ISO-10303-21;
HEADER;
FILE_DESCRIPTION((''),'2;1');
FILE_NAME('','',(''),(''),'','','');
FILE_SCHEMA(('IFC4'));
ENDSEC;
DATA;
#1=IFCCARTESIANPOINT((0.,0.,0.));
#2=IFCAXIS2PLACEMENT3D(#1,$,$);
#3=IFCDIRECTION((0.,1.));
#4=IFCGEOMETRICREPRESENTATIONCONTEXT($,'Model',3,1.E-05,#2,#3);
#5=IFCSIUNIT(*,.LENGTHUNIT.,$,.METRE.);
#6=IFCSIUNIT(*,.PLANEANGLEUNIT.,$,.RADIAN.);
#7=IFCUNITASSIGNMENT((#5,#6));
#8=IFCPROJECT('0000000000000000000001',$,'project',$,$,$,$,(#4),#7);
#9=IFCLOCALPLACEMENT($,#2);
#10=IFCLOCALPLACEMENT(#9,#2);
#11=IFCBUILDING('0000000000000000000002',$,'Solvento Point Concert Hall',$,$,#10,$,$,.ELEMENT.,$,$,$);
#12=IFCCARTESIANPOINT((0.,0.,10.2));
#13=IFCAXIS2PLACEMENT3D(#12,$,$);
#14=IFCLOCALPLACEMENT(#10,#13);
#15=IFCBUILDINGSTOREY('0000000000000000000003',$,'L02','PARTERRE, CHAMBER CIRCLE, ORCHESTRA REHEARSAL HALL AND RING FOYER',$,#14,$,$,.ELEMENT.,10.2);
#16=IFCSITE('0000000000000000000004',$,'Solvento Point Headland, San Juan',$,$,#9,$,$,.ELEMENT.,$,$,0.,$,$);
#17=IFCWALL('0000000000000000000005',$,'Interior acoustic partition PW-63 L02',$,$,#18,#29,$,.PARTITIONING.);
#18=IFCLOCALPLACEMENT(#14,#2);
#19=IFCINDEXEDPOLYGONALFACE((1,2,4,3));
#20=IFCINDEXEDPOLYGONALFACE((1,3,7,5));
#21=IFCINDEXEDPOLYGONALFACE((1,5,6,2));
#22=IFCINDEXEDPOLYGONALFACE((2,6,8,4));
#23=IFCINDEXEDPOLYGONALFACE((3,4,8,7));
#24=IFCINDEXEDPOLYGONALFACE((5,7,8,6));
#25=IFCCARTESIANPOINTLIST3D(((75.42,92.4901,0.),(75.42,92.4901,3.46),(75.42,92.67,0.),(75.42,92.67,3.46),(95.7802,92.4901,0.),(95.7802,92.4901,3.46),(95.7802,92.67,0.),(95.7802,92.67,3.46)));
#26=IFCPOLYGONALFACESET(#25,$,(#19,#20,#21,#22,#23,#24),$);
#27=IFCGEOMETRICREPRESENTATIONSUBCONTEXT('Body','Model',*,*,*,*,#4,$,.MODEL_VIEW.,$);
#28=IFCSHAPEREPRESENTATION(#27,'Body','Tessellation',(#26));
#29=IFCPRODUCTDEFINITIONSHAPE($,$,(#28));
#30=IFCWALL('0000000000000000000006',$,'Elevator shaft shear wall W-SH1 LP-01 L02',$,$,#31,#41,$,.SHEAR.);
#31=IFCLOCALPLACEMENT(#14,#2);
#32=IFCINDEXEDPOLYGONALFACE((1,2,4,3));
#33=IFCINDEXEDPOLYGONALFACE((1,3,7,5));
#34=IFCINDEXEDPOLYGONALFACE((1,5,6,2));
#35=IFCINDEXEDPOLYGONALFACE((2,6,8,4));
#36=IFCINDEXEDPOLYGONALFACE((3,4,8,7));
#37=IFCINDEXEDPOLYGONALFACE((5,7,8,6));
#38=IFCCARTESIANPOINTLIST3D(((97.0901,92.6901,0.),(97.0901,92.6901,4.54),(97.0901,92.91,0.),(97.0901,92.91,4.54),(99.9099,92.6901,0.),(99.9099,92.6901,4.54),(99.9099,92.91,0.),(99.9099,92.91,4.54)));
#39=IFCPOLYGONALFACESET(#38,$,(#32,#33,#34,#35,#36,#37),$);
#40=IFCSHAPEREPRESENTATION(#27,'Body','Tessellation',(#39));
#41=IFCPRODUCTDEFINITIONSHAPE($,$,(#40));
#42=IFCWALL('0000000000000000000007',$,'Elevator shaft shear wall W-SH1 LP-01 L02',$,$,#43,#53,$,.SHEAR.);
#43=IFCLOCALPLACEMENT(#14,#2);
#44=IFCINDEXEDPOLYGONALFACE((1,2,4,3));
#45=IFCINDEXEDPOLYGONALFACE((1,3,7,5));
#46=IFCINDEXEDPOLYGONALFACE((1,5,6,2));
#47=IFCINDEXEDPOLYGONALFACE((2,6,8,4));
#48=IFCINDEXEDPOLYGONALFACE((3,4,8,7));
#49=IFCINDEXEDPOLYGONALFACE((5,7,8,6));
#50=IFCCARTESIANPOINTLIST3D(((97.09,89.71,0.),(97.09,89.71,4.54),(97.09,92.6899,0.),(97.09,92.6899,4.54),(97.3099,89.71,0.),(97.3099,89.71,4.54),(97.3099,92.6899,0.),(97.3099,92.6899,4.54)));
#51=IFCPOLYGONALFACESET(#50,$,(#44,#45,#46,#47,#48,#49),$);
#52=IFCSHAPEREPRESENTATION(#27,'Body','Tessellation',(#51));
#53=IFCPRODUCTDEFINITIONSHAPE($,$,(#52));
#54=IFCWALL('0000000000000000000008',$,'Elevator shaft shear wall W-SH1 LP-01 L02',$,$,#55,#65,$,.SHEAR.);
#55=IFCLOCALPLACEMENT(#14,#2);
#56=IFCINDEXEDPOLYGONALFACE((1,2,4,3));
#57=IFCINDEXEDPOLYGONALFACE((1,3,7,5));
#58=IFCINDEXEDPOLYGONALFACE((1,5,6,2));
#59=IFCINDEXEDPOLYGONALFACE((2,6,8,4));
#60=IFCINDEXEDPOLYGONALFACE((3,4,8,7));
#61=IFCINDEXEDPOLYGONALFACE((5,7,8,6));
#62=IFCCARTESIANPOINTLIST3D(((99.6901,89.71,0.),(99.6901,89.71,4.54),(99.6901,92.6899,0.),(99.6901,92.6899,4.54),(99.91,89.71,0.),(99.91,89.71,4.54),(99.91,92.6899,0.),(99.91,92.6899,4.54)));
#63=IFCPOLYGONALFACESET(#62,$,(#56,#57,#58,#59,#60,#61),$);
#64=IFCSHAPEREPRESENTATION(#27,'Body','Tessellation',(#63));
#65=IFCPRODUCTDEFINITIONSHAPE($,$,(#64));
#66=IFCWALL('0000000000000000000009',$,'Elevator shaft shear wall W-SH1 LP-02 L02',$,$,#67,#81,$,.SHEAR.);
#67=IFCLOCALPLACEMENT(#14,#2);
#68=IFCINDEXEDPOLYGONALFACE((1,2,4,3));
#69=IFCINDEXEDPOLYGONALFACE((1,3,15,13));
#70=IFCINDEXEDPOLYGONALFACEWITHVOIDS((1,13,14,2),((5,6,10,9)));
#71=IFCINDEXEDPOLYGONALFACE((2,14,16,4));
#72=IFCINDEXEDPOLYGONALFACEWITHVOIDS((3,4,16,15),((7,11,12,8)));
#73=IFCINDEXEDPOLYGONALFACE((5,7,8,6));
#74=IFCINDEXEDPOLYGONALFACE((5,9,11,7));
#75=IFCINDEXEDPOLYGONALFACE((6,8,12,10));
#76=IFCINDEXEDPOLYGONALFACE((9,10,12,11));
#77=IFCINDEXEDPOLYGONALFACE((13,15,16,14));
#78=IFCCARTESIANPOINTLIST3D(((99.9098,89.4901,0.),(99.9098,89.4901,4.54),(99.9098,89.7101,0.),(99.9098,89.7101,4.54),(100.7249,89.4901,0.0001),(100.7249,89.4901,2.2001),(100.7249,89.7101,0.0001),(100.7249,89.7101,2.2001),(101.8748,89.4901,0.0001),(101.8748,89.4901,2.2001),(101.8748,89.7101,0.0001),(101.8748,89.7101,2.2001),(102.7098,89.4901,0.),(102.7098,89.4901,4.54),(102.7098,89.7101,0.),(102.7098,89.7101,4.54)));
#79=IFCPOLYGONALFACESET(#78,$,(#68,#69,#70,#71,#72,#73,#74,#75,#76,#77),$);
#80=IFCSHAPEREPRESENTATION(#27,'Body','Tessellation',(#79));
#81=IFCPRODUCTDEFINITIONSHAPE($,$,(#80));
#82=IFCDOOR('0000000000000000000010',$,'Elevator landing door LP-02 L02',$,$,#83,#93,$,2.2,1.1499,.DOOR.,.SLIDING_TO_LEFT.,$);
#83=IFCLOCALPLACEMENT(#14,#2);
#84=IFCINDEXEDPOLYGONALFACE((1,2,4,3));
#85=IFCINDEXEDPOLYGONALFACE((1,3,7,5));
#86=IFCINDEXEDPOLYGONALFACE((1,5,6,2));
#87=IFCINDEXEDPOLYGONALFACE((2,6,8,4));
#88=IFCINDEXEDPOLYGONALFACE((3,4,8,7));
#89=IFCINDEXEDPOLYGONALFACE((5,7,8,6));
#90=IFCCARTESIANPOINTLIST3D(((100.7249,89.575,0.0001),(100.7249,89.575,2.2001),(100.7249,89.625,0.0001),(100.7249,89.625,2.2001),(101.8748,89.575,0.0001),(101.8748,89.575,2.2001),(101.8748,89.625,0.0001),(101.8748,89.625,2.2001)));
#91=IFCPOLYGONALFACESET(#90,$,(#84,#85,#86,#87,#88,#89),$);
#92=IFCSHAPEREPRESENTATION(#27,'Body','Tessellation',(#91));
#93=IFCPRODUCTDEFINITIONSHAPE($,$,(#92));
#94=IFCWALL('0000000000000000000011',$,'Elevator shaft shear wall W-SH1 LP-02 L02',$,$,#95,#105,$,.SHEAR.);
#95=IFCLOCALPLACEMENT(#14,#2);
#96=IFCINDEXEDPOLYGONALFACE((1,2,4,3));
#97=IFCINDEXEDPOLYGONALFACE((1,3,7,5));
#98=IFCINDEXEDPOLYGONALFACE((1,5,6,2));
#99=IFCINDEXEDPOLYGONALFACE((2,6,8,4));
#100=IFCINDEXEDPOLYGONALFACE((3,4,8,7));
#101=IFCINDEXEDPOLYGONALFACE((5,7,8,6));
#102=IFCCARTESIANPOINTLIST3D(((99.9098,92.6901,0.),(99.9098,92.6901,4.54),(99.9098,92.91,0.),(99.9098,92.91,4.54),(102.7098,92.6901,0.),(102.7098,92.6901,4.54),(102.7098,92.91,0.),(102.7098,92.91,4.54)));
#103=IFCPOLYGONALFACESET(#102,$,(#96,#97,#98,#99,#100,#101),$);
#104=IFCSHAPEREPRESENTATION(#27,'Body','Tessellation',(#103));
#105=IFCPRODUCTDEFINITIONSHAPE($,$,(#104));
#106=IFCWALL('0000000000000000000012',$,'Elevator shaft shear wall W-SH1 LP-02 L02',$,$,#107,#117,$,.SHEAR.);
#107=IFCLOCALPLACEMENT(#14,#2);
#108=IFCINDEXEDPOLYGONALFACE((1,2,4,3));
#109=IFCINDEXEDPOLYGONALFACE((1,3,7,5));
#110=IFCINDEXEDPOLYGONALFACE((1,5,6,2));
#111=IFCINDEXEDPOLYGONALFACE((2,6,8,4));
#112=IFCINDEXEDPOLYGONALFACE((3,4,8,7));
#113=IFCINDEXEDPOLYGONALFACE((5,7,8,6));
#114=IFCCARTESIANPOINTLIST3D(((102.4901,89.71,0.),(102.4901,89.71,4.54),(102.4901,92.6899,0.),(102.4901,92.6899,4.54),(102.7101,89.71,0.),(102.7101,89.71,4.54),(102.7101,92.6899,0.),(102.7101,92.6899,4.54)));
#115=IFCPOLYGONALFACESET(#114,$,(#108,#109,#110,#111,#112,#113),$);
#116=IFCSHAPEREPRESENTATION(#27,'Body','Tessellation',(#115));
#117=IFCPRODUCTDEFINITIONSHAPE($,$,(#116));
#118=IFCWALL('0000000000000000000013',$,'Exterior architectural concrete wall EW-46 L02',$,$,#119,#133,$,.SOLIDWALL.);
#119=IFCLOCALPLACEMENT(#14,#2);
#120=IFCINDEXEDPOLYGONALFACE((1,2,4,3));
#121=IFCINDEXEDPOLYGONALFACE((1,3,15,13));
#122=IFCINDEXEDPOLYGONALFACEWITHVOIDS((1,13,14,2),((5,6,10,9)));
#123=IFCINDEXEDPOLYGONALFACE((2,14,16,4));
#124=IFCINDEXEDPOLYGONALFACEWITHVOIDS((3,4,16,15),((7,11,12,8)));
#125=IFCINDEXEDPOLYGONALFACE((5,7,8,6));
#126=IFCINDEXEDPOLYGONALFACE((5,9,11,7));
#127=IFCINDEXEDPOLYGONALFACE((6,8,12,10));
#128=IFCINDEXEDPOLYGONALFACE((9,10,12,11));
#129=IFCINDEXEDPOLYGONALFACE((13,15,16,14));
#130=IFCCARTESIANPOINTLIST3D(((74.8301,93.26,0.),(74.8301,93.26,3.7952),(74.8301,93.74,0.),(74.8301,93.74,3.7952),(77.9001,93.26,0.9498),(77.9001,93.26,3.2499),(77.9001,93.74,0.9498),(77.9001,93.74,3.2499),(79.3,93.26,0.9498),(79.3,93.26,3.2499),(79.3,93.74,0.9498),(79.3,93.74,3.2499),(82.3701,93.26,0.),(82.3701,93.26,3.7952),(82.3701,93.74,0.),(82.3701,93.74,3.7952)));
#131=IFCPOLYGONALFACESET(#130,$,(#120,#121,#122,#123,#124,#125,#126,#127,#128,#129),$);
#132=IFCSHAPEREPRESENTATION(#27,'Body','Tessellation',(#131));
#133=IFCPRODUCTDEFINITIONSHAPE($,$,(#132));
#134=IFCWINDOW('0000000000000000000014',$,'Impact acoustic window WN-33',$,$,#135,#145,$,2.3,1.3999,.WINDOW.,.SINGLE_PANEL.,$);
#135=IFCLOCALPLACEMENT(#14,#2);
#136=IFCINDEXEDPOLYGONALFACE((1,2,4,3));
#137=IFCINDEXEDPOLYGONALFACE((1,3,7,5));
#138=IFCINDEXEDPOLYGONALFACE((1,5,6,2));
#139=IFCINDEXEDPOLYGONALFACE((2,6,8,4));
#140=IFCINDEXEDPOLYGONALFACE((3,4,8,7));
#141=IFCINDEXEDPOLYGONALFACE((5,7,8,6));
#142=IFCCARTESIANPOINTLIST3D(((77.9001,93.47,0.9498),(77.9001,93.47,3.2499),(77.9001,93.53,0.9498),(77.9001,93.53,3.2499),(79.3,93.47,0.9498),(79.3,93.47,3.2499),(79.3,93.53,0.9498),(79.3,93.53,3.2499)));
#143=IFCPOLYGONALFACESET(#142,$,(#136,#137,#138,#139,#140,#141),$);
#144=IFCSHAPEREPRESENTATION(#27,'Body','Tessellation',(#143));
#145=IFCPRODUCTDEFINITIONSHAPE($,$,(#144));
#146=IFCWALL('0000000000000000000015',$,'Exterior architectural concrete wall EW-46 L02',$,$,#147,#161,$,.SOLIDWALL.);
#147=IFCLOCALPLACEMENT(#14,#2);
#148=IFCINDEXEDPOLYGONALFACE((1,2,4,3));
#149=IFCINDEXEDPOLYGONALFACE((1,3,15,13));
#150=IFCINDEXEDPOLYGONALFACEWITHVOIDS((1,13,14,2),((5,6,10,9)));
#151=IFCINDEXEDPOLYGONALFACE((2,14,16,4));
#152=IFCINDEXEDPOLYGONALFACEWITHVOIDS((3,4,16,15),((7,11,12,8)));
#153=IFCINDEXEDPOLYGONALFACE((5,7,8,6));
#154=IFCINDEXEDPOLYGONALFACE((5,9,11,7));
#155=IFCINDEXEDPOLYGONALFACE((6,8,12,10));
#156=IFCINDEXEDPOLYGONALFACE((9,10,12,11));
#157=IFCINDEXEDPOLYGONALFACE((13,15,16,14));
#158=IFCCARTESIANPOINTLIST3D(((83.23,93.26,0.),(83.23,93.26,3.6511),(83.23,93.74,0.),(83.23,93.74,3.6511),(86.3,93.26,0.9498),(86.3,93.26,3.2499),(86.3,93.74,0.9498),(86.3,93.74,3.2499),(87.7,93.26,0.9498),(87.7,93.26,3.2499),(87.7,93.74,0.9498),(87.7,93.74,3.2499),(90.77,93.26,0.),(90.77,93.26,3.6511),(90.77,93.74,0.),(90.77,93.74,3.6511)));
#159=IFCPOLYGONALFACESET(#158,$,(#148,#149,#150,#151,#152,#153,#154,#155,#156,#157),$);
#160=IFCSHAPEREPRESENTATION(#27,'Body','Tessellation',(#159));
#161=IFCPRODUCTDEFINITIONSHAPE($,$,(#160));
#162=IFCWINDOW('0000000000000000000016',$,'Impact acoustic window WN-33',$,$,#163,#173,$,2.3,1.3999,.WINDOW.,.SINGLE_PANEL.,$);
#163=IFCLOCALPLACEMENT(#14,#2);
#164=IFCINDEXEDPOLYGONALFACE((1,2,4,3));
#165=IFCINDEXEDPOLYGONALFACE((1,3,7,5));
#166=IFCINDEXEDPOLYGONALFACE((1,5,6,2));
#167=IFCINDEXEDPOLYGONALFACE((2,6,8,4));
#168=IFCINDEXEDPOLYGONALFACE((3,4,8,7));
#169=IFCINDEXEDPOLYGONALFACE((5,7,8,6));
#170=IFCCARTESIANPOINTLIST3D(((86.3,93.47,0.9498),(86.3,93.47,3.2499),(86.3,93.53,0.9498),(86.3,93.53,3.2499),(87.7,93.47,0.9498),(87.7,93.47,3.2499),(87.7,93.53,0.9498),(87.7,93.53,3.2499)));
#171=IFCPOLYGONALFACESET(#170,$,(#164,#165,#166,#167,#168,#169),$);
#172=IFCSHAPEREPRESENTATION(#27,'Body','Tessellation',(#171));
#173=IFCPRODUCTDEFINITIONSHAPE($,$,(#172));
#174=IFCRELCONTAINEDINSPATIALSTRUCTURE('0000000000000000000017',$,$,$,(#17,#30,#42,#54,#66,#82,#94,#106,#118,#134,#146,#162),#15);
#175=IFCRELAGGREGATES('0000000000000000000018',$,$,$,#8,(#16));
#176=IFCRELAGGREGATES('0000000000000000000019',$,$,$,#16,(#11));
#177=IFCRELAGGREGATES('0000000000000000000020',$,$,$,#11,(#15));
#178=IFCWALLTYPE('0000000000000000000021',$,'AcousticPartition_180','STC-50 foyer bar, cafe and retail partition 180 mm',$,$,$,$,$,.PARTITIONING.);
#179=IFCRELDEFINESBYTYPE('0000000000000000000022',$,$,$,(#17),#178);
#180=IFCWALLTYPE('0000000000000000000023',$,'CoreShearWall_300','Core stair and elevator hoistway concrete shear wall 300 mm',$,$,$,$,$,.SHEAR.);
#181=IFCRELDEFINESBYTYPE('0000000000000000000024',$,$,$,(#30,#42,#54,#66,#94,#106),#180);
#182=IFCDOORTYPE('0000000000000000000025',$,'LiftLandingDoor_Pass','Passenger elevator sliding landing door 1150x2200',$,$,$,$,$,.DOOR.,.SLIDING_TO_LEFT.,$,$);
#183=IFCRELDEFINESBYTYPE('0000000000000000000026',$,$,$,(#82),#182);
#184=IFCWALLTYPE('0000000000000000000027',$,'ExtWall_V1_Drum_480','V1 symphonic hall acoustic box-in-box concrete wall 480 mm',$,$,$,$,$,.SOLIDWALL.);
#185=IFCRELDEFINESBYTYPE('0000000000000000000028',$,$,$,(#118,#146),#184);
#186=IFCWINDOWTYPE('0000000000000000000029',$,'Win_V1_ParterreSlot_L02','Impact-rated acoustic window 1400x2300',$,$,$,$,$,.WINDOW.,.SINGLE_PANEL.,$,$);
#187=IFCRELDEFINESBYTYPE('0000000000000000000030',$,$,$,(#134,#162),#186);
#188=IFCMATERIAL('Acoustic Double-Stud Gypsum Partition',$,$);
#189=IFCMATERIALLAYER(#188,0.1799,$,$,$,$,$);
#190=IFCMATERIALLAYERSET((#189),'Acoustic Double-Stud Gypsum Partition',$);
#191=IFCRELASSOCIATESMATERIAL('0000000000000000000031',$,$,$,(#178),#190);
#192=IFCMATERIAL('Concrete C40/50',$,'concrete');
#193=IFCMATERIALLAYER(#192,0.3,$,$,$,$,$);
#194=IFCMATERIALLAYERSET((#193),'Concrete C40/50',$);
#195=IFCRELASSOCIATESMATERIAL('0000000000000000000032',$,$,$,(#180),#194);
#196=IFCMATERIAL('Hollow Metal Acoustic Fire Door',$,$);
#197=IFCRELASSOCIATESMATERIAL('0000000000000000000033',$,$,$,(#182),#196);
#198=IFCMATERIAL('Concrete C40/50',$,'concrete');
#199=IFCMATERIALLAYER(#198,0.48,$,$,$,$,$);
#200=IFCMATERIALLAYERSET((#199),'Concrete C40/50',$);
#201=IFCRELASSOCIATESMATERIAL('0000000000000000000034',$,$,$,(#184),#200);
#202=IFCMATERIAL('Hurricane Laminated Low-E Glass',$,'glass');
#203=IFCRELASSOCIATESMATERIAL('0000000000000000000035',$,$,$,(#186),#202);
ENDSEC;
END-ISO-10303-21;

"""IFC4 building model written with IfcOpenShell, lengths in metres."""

from ifc_helpers import new_model, si_unit, direction, frame, frame_2d, origin, place, context, subcontext, project, spatial, rectangle, extrude, material, layer, layer_set, type_object, element, fill, save


model = new_model("IFC4")

# Units and contexts
model_context = context("Model", 3, precision=1e-05, world=origin(), true_north=direction((0.0, 1.0)))
body_context = subcontext(model_context, "Body", "Model", "MODEL_VIEW")
ifc_project = project(units=[si_unit("LENGTHUNIT", "METRE"), si_unit("PLANEANGLEUNIT", "RADIAN")], contexts=[model_context])

# Site, building, storey
site_placement = place(None, origin())
site = spatial("IfcSite", under=ifc_project, at=site_placement, Name="Solvento Point Headland, San Juan", CompositionType="ELEMENT", RefElevation=0.0)
building_placement = place(site_placement, origin())
building = spatial("IfcBuilding", under=site, at=building_placement, Name="Solvento Point Concert Hall", CompositionType="ELEMENT")
storey_placement = place(building_placement, frame((0.0, 0.0, 10.2)))
storey = spatial("IfcBuildingStorey", under=building, at=storey_placement, Name="L02", Description="PARTERRE, CHAMBER CIRCLE, ORCHESTRA REHEARSAL HALL AND RING FOYER", CompositionType="ELEMENT", Elevation=10.2)

# Walls
ifc_material_1 = material(Name="Acoustic Double-Stud Gypsum Partition")
ifc_layer_1 = layer(ifc_material_1, 0.1799)
ifc_layer_set_1 = layer_set([ifc_layer_1], Name="Acoustic Double-Stud Gypsum Partition")
wall_type_1 = type_object("IfcWallType", Name="AcousticPartition_180", Description="STC-50 foyer bar, cafe and retail partition 180 mm", PredefinedType="PARTITIONING", material=ifc_layer_set_1)
wall_1_placement = place(storey_placement, frame((75.4199, 92.5801, 0.0), z_axis=(0.0, 0.0, 1.0), x_axis=(1.0, 0.0, 0.0)))
element("IfcWall", 1, at=wall_1_placement, inside=storey, type_object=wall_type_1, Name="Interior acoustic partition PW-63 L02", PredefinedType="PARTITIONING", context=body_context, shape_type="SweptSolid", body=[
    extrude(rectangle(XDim=20.3601, YDim=0.1799, at=frame_2d((10.1802, 0.0))), origin(), (0.0, 0.0, 1.0), 3.46),
])
ifc_material_2 = material(Name="Concrete C40/50", Category="concrete")
ifc_layer_2 = layer(ifc_material_2, 0.3)
ifc_layer_set_2 = layer_set([ifc_layer_2], Name="Concrete C40/50")
wall_type_2 = type_object("IfcWallType", Name="CoreShearWall_300", Description="Core stair and elevator hoistway concrete shear wall 300 mm", PredefinedType="SHEAR", material=ifc_layer_set_2)
wall_2_placement = place(storey_placement, frame((97.0901, 92.8, 0.0), z_axis=(0.0, 0.0, 1.0), x_axis=(1.0, 0.0, 0.0)))
element("IfcWall", 2, at=wall_2_placement, inside=storey, type_object=wall_type_2, Name="Elevator shaft shear wall W-SH1 LP-01 L02", PredefinedType="SHEAR", context=body_context, shape_type="SweptSolid", body=[
    extrude(rectangle(XDim=2.8198, YDim=0.22, at=frame_2d((1.4099, 0.0))), origin(), (0.0, 0.0, 1.0), 4.54),
])
for number, where, z_axis, x_axis, name in (
    (3, (97.2, 89.71, 0.0), (0.0, 0.0, 1.0), (0.0, 1.0, 0.0), "Elevator shaft shear wall W-SH1 LP-01 L02"),
    (4, (99.8, 89.71, 0.0), (0.0, 0.0, 1.0), (0.0, 1.0, 0.0), "Elevator shaft shear wall W-SH1 LP-01 L02"),
):
    element("IfcWall", number, at=place(storey_placement, frame(where, z_axis=z_axis, x_axis=x_axis)), inside=storey, type_object=wall_type_2, Name=name, PredefinedType="SHEAR", context=body_context, shape_type="SweptSolid", body=[
        extrude(rectangle(XDim=2.98, YDim=0.22, at=frame_2d((1.49, 0.0))), origin(), (0.0, 0.0, 1.0), 4.54),
    ])

# Wall, opening, door
wall_3_placement = place(storey_placement, frame((99.9099, 89.6001, 0.0), z_axis=(0.0, 0.0, 1.0), x_axis=(1.0, 0.0, 0.0)))
wall_3 = element("IfcWall", 5, at=wall_3_placement, inside=storey, type_object=wall_type_2, Name="Elevator shaft shear wall W-SH1 LP-02 L02", PredefinedType="SHEAR", context=body_context, shape_type="SweptSolid", body=[
    extrude(rectangle(XDim=2.8, YDim=0.22, at=frame_2d((1.3999, 0.0))), origin(), (0.0, 0.0, 1.0), 4.54),
])
opening_1_placement = place(wall_3_placement, frame((0.8149, 0.0, 0.0)))
opening_1 = element("IfcOpeningElement", 6, at=opening_1_placement, cuts=wall_3, PredefinedType="OPENING", context=body_context, shape_type="SweptSolid", body=[
    extrude(rectangle(XDim=1.1499, YDim=2.2, at=frame_2d((0.575, 1.1001))), frame((0.0, 0.1199, 0.0), z_axis=(0.0, -1.0, 0.0), x_axis=(1.0, 0.0, 0.0)), (0.0, 0.0, 1.0), 0.24),
])
ifc_material_3 = material(Name="Hollow Metal Acoustic Fire Door")
door_type = type_object("IfcDoorType", Name="LiftLandingDoor_Pass", Description="Passenger elevator sliding landing door 1150x2200", OperationType="SLIDING_TO_LEFT", PredefinedType="DOOR", material=ifc_material_3)
door_placement = place(opening_1_placement, origin())
door = element("IfcDoor", 7, at=door_placement, inside=storey, type_object=door_type, Name="Elevator landing door LP-02 L02", OperationType="SLIDING_TO_LEFT", OverallHeight=2.2, OverallWidth=1.1499, PredefinedType="DOOR", context=body_context, shape_type="SweptSolid", body=[
    extrude(rectangle(XDim=1.1499, YDim=2.2, at=frame_2d((0.575, 1.1001))), frame((0.0, 0.0249, 0.0), z_axis=(0.0, -1.0, 0.0), x_axis=(1.0, 0.0, 0.0)), (0.0, 0.0, 1.0), 0.05),
])
fill(opening_1, door)

# Walls
wall_4_placement = place(storey_placement, frame((99.9099, 92.8, 0.0), z_axis=(0.0, 0.0, 1.0), x_axis=(1.0, 0.0, 0.0)))
element("IfcWall", 8, at=wall_4_placement, inside=storey, type_object=wall_type_2, Name="Elevator shaft shear wall W-SH1 LP-02 L02", PredefinedType="SHEAR", context=body_context, shape_type="SweptSolid", body=[
    extrude(rectangle(XDim=2.8, YDim=0.22, at=frame_2d((1.3999, 0.0))), origin(), (0.0, 0.0, 1.0), 4.54),
])
wall_5_placement = place(storey_placement, frame((102.6001, 89.71, 0.0), z_axis=(0.0, 0.0, 1.0), x_axis=(0.0, 1.0, 0.0)))
element("IfcWall", 9, at=wall_5_placement, inside=storey, type_object=wall_type_2, Name="Elevator shaft shear wall W-SH1 LP-02 L02", PredefinedType="SHEAR", context=body_context, shape_type="SweptSolid", body=[
    extrude(rectangle(XDim=2.98, YDim=0.22, at=frame_2d((1.49, 0.0))), origin(), (0.0, 0.0, 1.0), 4.54),
])

# Walls, openings, windows
ifc_material_4 = material(Name="Concrete C40/50", Category="concrete")
ifc_layer_3 = layer(ifc_material_4, 0.48)
ifc_layer_set_3 = layer_set([ifc_layer_3], Name="Concrete C40/50")
wall_type_3 = type_object("IfcWallType", Name="ExtWall_V1_Drum_480", Description="V1 symphonic hall acoustic box-in-box concrete wall 480 mm", PredefinedType="SOLIDWALL", material=ifc_layer_set_3)
wall_6_placement = place(storey_placement, frame((74.8301, 93.5, 0.0), z_axis=(0.0, 0.0, 1.0), x_axis=(1.0, 0.0, 0.0)))
wall_6 = element("IfcWall", 10, at=wall_6_placement, inside=storey, type_object=wall_type_3, Name="Exterior architectural concrete wall EW-46 L02", PredefinedType="SOLIDWALL", context=body_context, shape_type="SweptSolid", body=[
    extrude(rectangle(XDim=7.54, YDim=0.48, at=frame_2d((3.77, 0.0))), origin(), (0.0, 0.0, 1.0), 3.7952),
])
opening_2_placement = place(wall_6_placement, frame((3.0701, 0.0, 0.95)))
opening_2 = element("IfcOpeningElement", 11, at=opening_2_placement, cuts=wall_6, PredefinedType="OPENING", context=body_context, shape_type="SweptSolid", body=[
    extrude(rectangle(XDim=1.3999, YDim=2.3, at=frame_2d((0.7, 1.1499))), frame((0.0, 0.25, 0.0), z_axis=(0.0, -1.0, 0.0), x_axis=(1.0, 0.0, 0.0)), (0.0, 0.0, 1.0), 0.5),
])
ifc_material_5 = material(Name="Hurricane Laminated Low-E Glass", Category="glass")
window_type_1 = type_object("IfcWindowType", Name="Win_V1_ParterreSlot_L02", Description="Impact-rated acoustic window 1400x2300", PartitioningType="SINGLE_PANEL", PredefinedType="WINDOW", material=ifc_material_5)
window_1_placement = place(opening_2_placement, origin())
window_1 = element("IfcWindow", 12, at=window_1_placement, inside=storey, type_object=window_type_1, Name="Impact acoustic window WN-33", OverallHeight=2.3, OverallWidth=1.3999, PartitioningType="SINGLE_PANEL", PredefinedType="WINDOW", context=body_context, shape_type="SweptSolid", body=[
    extrude(rectangle(XDim=1.3999, YDim=2.3, at=frame_2d((0.7, 1.1499))), frame((0.0, 0.03, 0.0), z_axis=(0.0, -1.0, 0.0), x_axis=(1.0, 0.0, 0.0)), (0.0, 0.0, 1.0), 0.0601),
])
fill(opening_2, window_1)
wall_7_placement = place(storey_placement, frame((83.23, 93.5, 0.0), z_axis=(0.0, 0.0, 1.0), x_axis=(1.0, 0.0, 0.0)))
wall_7 = element("IfcWall", 13, at=wall_7_placement, inside=storey, type_object=wall_type_3, Name="Exterior architectural concrete wall EW-46 L02", PredefinedType="SOLIDWALL", context=body_context, shape_type="SweptSolid", body=[
    extrude(rectangle(XDim=7.54, YDim=0.48, at=frame_2d((3.77, 0.0))), origin(), (0.0, 0.0, 1.0), 3.6511),
])
opening_3_placement = place(wall_7_placement, frame((3.0701, 0.0, 0.95)))
opening_3 = element("IfcOpeningElement", 14, at=opening_3_placement, cuts=wall_7, PredefinedType="OPENING", context=body_context, shape_type="SweptSolid", body=[
    extrude(rectangle(XDim=1.3999, YDim=2.3, at=frame_2d((0.7, 1.1499))), frame((0.0, 0.25, 0.0), z_axis=(0.0, -1.0, 0.0), x_axis=(1.0, 0.0, 0.0)), (0.0, 0.0, 1.0), 0.5),
])
window_2_placement = place(opening_3_placement, origin())
window_2 = element("IfcWindow", 15, at=window_2_placement, inside=storey, type_object=window_type_1, Name="Impact acoustic window WN-33", OverallHeight=2.3, OverallWidth=1.3999, PartitioningType="SINGLE_PANEL", PredefinedType="WINDOW", context=body_context, shape_type="SweptSolid", body=[
    extrude(rectangle(XDim=1.3999, YDim=2.3, at=frame_2d((0.7, 1.1499))), frame((0.0, 0.03, 0.0), z_axis=(0.0, -1.0, 0.0), x_axis=(1.0, 0.0, 0.0)), (0.0, 0.0, 1.0), 0.0601),
])
fill(opening_3, window_2)

save(model, "model.ifc")
